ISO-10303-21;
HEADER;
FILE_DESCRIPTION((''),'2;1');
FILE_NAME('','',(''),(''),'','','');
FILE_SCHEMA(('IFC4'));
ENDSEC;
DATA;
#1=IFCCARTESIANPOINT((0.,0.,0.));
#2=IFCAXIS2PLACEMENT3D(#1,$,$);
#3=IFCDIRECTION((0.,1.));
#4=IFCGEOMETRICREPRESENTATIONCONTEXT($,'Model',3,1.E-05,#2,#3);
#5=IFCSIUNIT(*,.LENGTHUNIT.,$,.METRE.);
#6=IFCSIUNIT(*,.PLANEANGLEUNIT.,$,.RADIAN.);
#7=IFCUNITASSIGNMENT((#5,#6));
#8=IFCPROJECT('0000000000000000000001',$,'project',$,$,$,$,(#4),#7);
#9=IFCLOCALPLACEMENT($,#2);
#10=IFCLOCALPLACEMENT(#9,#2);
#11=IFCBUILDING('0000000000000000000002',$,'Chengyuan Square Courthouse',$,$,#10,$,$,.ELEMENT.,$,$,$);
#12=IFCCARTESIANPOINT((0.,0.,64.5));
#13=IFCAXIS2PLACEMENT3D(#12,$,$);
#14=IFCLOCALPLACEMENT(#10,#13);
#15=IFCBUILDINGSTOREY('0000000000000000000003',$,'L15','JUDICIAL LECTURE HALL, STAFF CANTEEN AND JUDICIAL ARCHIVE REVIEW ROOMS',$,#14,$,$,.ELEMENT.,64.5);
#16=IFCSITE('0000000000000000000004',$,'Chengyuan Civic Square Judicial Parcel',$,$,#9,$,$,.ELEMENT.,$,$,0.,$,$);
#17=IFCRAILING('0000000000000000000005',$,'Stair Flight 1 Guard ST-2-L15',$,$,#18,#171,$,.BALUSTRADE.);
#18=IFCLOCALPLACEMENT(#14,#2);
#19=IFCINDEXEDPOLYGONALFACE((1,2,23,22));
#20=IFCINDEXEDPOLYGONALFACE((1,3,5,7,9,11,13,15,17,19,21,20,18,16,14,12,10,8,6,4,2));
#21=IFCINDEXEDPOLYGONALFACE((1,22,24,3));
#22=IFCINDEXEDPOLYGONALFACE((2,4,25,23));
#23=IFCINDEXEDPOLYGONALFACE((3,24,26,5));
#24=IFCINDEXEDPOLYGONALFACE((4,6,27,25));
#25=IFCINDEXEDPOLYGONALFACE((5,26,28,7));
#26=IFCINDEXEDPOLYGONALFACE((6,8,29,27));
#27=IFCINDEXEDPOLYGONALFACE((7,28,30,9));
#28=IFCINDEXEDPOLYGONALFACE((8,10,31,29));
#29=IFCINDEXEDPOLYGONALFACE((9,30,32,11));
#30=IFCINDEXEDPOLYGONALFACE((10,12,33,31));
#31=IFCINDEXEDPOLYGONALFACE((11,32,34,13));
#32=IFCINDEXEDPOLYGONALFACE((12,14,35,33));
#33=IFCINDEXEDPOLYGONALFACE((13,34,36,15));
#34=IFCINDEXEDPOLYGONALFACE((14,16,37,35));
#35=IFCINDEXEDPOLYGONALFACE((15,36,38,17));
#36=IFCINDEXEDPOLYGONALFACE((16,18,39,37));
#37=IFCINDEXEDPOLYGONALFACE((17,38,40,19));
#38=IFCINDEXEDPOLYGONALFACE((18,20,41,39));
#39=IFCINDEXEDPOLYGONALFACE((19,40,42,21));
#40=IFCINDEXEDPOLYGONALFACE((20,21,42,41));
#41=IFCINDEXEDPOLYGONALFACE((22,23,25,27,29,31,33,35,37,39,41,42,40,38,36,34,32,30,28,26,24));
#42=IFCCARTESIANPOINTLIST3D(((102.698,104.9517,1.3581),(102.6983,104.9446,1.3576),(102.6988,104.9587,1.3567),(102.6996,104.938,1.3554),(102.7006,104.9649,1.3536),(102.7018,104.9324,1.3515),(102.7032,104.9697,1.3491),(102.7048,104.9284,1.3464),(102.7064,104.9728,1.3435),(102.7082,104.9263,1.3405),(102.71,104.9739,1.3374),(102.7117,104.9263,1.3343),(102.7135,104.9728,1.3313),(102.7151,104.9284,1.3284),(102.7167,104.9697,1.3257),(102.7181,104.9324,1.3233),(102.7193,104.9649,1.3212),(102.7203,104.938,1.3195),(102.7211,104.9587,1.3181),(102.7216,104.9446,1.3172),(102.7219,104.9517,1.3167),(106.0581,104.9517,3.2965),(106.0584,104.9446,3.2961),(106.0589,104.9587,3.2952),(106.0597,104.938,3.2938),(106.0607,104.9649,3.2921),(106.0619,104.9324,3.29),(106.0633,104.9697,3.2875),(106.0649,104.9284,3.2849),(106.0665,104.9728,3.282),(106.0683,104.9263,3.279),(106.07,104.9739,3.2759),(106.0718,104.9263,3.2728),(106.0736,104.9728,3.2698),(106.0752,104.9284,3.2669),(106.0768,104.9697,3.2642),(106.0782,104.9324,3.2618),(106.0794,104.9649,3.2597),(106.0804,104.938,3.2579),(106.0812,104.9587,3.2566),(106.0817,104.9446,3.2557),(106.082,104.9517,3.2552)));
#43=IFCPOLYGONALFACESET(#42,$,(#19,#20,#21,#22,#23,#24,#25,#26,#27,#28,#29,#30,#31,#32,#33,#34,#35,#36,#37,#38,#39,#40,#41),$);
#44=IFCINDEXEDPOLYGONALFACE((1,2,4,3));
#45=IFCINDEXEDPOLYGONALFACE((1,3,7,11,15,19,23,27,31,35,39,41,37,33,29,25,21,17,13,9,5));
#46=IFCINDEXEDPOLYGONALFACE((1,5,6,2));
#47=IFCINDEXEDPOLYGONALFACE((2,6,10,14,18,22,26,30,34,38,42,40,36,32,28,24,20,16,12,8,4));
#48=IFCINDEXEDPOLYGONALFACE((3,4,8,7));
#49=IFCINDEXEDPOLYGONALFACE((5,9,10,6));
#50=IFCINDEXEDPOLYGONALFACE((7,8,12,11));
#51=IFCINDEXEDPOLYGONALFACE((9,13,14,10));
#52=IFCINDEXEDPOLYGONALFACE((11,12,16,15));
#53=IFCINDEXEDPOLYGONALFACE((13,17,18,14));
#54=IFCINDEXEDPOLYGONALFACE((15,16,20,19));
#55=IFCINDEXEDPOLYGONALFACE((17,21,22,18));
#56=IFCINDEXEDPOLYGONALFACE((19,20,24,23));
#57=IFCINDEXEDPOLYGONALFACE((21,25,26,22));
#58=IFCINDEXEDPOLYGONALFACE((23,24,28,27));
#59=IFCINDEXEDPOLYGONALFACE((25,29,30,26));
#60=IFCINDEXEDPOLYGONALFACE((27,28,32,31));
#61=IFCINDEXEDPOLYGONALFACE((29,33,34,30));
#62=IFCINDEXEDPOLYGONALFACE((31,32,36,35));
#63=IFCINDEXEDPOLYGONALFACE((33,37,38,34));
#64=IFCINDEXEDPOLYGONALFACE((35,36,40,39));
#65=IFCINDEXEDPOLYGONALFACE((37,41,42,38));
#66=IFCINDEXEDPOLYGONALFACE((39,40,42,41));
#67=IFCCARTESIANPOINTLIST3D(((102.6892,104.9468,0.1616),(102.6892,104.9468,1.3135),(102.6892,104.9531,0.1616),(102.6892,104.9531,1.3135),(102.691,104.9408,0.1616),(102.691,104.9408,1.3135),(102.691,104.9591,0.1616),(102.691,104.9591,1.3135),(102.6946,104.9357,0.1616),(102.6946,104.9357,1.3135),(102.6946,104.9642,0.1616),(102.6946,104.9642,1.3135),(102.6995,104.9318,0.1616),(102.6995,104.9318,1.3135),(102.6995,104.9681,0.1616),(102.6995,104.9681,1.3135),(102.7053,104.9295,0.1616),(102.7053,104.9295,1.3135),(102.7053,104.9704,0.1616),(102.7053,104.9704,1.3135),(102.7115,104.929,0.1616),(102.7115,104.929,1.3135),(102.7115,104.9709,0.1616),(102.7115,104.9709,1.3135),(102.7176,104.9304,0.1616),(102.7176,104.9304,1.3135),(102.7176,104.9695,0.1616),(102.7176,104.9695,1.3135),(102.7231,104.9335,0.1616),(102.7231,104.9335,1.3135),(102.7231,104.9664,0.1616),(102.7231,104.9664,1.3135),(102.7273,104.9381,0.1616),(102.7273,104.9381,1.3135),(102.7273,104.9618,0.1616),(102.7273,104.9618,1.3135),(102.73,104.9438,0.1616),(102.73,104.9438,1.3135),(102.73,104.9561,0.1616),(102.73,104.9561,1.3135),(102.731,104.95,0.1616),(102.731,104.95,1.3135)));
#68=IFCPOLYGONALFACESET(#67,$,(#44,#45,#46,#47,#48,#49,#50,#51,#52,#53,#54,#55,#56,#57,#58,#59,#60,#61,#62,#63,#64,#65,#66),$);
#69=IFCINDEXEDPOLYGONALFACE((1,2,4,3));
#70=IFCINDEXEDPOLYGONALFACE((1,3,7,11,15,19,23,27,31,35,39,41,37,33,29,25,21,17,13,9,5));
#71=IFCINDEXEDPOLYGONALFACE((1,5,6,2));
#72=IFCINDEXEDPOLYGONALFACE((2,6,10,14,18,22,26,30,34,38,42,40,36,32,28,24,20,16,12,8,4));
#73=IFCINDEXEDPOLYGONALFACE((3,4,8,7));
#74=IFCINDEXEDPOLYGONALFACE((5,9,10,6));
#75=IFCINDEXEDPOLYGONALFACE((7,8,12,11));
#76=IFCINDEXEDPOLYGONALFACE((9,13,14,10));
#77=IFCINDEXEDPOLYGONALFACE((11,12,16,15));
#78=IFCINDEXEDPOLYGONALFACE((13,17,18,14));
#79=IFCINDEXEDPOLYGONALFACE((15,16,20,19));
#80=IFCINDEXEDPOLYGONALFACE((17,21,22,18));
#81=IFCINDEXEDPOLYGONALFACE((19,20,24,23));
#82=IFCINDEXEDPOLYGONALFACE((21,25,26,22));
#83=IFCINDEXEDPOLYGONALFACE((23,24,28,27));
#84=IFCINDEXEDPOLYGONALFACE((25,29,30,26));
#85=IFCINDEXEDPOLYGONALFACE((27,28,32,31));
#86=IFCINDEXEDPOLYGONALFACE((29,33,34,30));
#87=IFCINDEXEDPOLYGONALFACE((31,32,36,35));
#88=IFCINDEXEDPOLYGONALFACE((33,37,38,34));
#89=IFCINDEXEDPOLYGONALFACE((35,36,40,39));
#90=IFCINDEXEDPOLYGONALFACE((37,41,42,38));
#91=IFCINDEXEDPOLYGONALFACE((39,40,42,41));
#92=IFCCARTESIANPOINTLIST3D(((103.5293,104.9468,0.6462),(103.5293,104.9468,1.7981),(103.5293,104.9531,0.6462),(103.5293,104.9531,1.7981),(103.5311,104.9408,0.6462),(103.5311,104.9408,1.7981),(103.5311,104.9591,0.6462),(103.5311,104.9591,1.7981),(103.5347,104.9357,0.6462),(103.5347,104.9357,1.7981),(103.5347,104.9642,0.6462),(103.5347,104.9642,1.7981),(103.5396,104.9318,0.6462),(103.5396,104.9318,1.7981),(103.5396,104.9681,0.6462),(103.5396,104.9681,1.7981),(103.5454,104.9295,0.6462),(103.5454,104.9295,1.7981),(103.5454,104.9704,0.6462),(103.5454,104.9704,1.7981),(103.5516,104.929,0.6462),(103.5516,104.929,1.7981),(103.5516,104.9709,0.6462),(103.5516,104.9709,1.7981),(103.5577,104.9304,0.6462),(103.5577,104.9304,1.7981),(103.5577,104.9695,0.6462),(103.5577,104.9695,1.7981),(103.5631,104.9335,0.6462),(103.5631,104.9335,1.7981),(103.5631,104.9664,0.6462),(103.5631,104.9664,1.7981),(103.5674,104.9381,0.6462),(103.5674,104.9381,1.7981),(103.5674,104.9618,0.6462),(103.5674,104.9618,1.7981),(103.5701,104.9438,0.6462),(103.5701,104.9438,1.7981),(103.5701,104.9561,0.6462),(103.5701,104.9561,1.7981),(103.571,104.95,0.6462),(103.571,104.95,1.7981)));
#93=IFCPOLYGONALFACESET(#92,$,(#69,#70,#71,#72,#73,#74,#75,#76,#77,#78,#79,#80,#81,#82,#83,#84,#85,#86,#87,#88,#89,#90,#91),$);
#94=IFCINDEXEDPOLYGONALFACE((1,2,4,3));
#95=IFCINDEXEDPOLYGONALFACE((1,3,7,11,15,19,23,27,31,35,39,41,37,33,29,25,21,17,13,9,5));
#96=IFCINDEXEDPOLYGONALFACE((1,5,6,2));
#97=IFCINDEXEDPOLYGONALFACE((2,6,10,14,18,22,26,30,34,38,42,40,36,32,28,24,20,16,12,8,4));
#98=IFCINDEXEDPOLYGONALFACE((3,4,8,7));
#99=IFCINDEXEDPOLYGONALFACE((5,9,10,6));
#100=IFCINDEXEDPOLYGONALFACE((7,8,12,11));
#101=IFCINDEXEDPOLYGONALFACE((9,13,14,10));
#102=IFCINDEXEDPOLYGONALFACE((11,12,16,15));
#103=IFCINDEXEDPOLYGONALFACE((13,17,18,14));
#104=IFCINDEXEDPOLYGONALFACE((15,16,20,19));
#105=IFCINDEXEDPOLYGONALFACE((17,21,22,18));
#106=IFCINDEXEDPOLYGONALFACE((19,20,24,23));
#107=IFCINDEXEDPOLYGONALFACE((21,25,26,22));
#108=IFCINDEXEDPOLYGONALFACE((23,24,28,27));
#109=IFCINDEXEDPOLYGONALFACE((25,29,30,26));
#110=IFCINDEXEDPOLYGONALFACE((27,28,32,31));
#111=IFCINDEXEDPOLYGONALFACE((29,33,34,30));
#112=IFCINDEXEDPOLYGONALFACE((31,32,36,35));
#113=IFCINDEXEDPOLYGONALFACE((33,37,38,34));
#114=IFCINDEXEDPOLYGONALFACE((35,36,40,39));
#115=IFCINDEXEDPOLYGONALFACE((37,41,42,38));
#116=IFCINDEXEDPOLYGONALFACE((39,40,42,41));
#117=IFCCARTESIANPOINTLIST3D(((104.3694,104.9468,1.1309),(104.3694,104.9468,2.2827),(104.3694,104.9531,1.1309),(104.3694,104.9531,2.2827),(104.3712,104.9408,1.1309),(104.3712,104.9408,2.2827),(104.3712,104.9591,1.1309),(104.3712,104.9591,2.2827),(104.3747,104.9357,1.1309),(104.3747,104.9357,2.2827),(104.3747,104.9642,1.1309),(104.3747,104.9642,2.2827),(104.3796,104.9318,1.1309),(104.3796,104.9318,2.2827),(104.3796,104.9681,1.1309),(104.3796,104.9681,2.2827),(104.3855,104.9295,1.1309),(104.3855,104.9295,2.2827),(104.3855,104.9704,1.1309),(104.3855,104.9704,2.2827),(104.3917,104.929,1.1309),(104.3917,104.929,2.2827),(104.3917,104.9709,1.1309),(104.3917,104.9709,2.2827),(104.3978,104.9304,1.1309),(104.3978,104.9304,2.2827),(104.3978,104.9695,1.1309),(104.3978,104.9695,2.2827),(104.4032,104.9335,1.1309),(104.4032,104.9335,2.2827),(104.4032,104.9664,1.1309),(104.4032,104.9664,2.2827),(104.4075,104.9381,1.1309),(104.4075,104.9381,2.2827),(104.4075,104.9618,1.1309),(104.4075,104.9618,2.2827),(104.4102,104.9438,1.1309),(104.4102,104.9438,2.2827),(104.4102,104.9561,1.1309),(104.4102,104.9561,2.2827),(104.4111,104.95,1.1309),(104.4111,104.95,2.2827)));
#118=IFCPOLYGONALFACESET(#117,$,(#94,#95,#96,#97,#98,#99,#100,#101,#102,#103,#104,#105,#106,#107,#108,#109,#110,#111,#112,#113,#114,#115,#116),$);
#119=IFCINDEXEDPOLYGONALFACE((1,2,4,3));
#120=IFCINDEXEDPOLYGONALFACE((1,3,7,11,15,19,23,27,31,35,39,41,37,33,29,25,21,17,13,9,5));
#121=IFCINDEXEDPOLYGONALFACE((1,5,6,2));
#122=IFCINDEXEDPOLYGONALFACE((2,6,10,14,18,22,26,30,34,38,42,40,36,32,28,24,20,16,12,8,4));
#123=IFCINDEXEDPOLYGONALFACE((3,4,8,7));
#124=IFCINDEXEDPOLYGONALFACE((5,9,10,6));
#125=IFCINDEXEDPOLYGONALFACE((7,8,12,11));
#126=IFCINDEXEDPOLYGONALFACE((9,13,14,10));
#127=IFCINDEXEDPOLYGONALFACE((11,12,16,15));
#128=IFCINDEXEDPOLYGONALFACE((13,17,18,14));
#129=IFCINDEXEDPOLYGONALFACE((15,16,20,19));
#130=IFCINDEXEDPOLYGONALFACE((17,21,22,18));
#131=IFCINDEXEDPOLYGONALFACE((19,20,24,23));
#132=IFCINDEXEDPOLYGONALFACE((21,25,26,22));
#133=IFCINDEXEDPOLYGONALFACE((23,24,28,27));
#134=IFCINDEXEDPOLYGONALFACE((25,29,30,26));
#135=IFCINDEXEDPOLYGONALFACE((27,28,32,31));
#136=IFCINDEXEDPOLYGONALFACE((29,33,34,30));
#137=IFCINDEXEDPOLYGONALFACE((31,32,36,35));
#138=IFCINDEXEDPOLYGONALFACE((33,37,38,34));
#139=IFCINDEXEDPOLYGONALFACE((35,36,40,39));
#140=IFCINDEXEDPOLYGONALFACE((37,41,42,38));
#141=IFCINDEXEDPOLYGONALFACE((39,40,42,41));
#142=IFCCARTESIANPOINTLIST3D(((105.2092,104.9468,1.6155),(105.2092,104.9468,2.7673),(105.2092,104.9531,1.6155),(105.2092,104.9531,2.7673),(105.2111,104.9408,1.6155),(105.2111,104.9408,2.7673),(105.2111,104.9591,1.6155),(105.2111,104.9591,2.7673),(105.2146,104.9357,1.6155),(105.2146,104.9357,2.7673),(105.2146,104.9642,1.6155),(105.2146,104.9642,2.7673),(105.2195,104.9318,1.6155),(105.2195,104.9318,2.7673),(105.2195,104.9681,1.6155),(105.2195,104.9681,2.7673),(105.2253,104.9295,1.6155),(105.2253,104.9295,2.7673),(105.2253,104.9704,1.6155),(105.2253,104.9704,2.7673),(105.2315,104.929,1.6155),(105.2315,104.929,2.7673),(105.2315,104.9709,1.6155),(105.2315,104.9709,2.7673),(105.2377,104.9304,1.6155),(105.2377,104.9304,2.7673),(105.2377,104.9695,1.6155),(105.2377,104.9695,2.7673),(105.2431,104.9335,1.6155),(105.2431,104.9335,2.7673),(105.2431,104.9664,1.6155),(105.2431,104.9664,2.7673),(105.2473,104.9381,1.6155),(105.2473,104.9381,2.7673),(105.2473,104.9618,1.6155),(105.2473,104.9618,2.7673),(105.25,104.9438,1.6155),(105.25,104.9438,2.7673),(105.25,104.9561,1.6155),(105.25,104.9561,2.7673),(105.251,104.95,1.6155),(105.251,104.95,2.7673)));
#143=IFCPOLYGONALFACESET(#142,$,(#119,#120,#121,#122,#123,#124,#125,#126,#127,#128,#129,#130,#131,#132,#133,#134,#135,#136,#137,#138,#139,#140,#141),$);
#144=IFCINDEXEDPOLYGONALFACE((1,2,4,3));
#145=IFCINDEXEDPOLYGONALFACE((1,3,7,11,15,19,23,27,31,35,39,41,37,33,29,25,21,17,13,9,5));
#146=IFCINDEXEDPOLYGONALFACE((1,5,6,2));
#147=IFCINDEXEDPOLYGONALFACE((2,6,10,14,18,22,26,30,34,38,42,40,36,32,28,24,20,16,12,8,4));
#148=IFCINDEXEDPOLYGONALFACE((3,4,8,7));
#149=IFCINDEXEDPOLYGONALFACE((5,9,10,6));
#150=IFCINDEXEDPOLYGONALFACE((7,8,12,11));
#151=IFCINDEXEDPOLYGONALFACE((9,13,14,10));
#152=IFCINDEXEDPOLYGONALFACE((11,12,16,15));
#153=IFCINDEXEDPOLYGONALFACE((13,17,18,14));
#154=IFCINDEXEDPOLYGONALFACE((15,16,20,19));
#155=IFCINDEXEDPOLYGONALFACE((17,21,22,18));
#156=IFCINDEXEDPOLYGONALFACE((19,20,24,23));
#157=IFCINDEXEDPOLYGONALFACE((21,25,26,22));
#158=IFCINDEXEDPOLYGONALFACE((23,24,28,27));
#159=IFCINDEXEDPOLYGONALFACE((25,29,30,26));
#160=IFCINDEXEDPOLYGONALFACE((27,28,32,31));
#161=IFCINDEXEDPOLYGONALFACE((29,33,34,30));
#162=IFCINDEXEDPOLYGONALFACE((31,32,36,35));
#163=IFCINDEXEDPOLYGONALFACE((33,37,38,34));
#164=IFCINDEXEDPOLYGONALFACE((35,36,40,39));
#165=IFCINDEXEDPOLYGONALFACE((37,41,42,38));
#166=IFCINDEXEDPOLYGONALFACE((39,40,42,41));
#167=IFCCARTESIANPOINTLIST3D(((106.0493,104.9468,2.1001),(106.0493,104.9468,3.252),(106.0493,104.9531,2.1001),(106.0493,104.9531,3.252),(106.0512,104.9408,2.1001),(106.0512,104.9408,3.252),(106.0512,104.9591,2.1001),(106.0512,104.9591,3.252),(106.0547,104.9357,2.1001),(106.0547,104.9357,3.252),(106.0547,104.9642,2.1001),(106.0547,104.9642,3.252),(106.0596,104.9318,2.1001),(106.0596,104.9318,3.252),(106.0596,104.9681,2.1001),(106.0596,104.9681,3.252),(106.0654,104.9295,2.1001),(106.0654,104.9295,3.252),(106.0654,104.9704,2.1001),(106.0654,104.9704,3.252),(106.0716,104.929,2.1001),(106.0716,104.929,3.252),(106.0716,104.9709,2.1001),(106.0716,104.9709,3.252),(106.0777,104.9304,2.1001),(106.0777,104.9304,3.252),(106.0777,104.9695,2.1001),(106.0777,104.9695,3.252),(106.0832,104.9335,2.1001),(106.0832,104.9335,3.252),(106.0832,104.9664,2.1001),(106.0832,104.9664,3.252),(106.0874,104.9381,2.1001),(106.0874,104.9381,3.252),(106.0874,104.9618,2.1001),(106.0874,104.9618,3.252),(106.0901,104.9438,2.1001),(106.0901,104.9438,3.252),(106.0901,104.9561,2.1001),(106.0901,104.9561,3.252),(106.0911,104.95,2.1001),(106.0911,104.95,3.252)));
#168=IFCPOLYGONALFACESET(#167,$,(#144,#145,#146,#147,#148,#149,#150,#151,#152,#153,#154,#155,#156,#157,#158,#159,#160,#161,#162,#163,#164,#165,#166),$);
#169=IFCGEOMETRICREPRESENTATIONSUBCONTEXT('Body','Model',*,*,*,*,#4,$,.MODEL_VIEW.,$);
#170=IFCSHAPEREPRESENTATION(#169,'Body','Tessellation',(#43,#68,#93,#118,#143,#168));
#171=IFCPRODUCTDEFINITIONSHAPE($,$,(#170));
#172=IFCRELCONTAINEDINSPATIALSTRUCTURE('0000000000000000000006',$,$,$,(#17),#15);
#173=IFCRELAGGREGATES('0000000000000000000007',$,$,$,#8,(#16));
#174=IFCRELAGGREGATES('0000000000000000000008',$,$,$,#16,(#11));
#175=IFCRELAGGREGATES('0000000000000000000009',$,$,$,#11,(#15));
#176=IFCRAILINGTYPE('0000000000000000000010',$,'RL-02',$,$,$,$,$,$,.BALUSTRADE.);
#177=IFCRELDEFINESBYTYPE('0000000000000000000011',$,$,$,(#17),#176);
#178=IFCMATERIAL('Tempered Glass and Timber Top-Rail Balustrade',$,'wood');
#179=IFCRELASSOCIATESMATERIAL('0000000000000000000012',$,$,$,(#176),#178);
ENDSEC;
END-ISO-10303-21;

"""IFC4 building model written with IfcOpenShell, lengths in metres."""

from ifc_helpers import new_model, si_unit, direction, frame, origin, origin_2d, place, context, subcontext, project, spatial, circle, extrude, material, type_object, element, save


model = new_model("IFC4")

# Units and contexts
model_context = context("Model", 3, precision=1e-05, world=origin(), true_north=direction((0.0, 1.0)))
body_context = subcontext(model_context, "Body", "Model", "MODEL_VIEW")
ifc_project = project(units=[si_unit("LENGTHUNIT", "METRE"), si_unit("PLANEANGLEUNIT", "RADIAN")], contexts=[model_context])

# Site, building, storey
site_placement = place(None, origin())
site = spatial("IfcSite", under=ifc_project, at=site_placement, Name="Chengyuan Civic Square Judicial Parcel", CompositionType="ELEMENT", RefElevation=0.0)
building_placement = place(site_placement, origin())
building = spatial("IfcBuilding", under=site, at=building_placement, Name="Chengyuan Square Courthouse", CompositionType="ELEMENT")
storey_placement = place(building_placement, frame((0.0, 0.0, 64.5)))
storey = spatial("IfcBuildingStorey", under=building, at=storey_placement, Name="L15", Description="JUDICIAL LECTURE HALL, STAFF CANTEEN AND JUDICIAL ARCHIVE REVIEW ROOMS", CompositionType="ELEMENT", Elevation=64.5)

# Railing
ifc_material_1 = material(Name="Tempered Glass and Timber Top-Rail Balustrade", Category="wood")
railing_type_1 = type_object("IfcRailingType", Name="RL-02", PredefinedType="BALUSTRADE", material=ifc_material_1)
railing_1_placement = place(storey_placement, frame((102.71, 104.95, 0.1616)))
element("IfcRailing", 1, at=railing_1_placement, inside=storey, type_object=railing_type_1, Name="Stair Flight 1 Guard ST-2-L15", PredefinedType="BALUSTRADE", context=body_context, shape_type="SweptSolid", body=[
    extrude(circle(Radius=0.0239, at=origin_2d()), frame((0.0, 0.0, 1.1758), z_axis=(0.866191, 0.0, 0.499713), x_axis=(0.0, 1.0, 0.0)), (0.0, 0.0, 1.0), 3.8792),
    extrude(circle(Radius=0.021, at=origin_2d()), origin(), (0.0, 0.0, 1.0), 1.1519),
    extrude(circle(Radius=0.021, at=origin_2d()), frame((0.8401, 0.0, 0.4846)), (0.0, 0.0, 1.0), 1.1519),
    extrude(circle(Radius=0.021, at=origin_2d()), frame((1.6802, 0.0, 0.9692)), (0.0, 0.0, 1.0), 1.1519),
    extrude(circle(Radius=0.021, at=origin_2d()), frame((2.52, 0.0, 1.4539)), (0.0, 0.0, 1.0), 1.1519),
    extrude(circle(Radius=0.021, at=origin_2d()), frame((3.3601, 0.0, 1.9385)), (0.0, 0.0, 1.0), 1.1519),
])

save(model, "model.ifc")
